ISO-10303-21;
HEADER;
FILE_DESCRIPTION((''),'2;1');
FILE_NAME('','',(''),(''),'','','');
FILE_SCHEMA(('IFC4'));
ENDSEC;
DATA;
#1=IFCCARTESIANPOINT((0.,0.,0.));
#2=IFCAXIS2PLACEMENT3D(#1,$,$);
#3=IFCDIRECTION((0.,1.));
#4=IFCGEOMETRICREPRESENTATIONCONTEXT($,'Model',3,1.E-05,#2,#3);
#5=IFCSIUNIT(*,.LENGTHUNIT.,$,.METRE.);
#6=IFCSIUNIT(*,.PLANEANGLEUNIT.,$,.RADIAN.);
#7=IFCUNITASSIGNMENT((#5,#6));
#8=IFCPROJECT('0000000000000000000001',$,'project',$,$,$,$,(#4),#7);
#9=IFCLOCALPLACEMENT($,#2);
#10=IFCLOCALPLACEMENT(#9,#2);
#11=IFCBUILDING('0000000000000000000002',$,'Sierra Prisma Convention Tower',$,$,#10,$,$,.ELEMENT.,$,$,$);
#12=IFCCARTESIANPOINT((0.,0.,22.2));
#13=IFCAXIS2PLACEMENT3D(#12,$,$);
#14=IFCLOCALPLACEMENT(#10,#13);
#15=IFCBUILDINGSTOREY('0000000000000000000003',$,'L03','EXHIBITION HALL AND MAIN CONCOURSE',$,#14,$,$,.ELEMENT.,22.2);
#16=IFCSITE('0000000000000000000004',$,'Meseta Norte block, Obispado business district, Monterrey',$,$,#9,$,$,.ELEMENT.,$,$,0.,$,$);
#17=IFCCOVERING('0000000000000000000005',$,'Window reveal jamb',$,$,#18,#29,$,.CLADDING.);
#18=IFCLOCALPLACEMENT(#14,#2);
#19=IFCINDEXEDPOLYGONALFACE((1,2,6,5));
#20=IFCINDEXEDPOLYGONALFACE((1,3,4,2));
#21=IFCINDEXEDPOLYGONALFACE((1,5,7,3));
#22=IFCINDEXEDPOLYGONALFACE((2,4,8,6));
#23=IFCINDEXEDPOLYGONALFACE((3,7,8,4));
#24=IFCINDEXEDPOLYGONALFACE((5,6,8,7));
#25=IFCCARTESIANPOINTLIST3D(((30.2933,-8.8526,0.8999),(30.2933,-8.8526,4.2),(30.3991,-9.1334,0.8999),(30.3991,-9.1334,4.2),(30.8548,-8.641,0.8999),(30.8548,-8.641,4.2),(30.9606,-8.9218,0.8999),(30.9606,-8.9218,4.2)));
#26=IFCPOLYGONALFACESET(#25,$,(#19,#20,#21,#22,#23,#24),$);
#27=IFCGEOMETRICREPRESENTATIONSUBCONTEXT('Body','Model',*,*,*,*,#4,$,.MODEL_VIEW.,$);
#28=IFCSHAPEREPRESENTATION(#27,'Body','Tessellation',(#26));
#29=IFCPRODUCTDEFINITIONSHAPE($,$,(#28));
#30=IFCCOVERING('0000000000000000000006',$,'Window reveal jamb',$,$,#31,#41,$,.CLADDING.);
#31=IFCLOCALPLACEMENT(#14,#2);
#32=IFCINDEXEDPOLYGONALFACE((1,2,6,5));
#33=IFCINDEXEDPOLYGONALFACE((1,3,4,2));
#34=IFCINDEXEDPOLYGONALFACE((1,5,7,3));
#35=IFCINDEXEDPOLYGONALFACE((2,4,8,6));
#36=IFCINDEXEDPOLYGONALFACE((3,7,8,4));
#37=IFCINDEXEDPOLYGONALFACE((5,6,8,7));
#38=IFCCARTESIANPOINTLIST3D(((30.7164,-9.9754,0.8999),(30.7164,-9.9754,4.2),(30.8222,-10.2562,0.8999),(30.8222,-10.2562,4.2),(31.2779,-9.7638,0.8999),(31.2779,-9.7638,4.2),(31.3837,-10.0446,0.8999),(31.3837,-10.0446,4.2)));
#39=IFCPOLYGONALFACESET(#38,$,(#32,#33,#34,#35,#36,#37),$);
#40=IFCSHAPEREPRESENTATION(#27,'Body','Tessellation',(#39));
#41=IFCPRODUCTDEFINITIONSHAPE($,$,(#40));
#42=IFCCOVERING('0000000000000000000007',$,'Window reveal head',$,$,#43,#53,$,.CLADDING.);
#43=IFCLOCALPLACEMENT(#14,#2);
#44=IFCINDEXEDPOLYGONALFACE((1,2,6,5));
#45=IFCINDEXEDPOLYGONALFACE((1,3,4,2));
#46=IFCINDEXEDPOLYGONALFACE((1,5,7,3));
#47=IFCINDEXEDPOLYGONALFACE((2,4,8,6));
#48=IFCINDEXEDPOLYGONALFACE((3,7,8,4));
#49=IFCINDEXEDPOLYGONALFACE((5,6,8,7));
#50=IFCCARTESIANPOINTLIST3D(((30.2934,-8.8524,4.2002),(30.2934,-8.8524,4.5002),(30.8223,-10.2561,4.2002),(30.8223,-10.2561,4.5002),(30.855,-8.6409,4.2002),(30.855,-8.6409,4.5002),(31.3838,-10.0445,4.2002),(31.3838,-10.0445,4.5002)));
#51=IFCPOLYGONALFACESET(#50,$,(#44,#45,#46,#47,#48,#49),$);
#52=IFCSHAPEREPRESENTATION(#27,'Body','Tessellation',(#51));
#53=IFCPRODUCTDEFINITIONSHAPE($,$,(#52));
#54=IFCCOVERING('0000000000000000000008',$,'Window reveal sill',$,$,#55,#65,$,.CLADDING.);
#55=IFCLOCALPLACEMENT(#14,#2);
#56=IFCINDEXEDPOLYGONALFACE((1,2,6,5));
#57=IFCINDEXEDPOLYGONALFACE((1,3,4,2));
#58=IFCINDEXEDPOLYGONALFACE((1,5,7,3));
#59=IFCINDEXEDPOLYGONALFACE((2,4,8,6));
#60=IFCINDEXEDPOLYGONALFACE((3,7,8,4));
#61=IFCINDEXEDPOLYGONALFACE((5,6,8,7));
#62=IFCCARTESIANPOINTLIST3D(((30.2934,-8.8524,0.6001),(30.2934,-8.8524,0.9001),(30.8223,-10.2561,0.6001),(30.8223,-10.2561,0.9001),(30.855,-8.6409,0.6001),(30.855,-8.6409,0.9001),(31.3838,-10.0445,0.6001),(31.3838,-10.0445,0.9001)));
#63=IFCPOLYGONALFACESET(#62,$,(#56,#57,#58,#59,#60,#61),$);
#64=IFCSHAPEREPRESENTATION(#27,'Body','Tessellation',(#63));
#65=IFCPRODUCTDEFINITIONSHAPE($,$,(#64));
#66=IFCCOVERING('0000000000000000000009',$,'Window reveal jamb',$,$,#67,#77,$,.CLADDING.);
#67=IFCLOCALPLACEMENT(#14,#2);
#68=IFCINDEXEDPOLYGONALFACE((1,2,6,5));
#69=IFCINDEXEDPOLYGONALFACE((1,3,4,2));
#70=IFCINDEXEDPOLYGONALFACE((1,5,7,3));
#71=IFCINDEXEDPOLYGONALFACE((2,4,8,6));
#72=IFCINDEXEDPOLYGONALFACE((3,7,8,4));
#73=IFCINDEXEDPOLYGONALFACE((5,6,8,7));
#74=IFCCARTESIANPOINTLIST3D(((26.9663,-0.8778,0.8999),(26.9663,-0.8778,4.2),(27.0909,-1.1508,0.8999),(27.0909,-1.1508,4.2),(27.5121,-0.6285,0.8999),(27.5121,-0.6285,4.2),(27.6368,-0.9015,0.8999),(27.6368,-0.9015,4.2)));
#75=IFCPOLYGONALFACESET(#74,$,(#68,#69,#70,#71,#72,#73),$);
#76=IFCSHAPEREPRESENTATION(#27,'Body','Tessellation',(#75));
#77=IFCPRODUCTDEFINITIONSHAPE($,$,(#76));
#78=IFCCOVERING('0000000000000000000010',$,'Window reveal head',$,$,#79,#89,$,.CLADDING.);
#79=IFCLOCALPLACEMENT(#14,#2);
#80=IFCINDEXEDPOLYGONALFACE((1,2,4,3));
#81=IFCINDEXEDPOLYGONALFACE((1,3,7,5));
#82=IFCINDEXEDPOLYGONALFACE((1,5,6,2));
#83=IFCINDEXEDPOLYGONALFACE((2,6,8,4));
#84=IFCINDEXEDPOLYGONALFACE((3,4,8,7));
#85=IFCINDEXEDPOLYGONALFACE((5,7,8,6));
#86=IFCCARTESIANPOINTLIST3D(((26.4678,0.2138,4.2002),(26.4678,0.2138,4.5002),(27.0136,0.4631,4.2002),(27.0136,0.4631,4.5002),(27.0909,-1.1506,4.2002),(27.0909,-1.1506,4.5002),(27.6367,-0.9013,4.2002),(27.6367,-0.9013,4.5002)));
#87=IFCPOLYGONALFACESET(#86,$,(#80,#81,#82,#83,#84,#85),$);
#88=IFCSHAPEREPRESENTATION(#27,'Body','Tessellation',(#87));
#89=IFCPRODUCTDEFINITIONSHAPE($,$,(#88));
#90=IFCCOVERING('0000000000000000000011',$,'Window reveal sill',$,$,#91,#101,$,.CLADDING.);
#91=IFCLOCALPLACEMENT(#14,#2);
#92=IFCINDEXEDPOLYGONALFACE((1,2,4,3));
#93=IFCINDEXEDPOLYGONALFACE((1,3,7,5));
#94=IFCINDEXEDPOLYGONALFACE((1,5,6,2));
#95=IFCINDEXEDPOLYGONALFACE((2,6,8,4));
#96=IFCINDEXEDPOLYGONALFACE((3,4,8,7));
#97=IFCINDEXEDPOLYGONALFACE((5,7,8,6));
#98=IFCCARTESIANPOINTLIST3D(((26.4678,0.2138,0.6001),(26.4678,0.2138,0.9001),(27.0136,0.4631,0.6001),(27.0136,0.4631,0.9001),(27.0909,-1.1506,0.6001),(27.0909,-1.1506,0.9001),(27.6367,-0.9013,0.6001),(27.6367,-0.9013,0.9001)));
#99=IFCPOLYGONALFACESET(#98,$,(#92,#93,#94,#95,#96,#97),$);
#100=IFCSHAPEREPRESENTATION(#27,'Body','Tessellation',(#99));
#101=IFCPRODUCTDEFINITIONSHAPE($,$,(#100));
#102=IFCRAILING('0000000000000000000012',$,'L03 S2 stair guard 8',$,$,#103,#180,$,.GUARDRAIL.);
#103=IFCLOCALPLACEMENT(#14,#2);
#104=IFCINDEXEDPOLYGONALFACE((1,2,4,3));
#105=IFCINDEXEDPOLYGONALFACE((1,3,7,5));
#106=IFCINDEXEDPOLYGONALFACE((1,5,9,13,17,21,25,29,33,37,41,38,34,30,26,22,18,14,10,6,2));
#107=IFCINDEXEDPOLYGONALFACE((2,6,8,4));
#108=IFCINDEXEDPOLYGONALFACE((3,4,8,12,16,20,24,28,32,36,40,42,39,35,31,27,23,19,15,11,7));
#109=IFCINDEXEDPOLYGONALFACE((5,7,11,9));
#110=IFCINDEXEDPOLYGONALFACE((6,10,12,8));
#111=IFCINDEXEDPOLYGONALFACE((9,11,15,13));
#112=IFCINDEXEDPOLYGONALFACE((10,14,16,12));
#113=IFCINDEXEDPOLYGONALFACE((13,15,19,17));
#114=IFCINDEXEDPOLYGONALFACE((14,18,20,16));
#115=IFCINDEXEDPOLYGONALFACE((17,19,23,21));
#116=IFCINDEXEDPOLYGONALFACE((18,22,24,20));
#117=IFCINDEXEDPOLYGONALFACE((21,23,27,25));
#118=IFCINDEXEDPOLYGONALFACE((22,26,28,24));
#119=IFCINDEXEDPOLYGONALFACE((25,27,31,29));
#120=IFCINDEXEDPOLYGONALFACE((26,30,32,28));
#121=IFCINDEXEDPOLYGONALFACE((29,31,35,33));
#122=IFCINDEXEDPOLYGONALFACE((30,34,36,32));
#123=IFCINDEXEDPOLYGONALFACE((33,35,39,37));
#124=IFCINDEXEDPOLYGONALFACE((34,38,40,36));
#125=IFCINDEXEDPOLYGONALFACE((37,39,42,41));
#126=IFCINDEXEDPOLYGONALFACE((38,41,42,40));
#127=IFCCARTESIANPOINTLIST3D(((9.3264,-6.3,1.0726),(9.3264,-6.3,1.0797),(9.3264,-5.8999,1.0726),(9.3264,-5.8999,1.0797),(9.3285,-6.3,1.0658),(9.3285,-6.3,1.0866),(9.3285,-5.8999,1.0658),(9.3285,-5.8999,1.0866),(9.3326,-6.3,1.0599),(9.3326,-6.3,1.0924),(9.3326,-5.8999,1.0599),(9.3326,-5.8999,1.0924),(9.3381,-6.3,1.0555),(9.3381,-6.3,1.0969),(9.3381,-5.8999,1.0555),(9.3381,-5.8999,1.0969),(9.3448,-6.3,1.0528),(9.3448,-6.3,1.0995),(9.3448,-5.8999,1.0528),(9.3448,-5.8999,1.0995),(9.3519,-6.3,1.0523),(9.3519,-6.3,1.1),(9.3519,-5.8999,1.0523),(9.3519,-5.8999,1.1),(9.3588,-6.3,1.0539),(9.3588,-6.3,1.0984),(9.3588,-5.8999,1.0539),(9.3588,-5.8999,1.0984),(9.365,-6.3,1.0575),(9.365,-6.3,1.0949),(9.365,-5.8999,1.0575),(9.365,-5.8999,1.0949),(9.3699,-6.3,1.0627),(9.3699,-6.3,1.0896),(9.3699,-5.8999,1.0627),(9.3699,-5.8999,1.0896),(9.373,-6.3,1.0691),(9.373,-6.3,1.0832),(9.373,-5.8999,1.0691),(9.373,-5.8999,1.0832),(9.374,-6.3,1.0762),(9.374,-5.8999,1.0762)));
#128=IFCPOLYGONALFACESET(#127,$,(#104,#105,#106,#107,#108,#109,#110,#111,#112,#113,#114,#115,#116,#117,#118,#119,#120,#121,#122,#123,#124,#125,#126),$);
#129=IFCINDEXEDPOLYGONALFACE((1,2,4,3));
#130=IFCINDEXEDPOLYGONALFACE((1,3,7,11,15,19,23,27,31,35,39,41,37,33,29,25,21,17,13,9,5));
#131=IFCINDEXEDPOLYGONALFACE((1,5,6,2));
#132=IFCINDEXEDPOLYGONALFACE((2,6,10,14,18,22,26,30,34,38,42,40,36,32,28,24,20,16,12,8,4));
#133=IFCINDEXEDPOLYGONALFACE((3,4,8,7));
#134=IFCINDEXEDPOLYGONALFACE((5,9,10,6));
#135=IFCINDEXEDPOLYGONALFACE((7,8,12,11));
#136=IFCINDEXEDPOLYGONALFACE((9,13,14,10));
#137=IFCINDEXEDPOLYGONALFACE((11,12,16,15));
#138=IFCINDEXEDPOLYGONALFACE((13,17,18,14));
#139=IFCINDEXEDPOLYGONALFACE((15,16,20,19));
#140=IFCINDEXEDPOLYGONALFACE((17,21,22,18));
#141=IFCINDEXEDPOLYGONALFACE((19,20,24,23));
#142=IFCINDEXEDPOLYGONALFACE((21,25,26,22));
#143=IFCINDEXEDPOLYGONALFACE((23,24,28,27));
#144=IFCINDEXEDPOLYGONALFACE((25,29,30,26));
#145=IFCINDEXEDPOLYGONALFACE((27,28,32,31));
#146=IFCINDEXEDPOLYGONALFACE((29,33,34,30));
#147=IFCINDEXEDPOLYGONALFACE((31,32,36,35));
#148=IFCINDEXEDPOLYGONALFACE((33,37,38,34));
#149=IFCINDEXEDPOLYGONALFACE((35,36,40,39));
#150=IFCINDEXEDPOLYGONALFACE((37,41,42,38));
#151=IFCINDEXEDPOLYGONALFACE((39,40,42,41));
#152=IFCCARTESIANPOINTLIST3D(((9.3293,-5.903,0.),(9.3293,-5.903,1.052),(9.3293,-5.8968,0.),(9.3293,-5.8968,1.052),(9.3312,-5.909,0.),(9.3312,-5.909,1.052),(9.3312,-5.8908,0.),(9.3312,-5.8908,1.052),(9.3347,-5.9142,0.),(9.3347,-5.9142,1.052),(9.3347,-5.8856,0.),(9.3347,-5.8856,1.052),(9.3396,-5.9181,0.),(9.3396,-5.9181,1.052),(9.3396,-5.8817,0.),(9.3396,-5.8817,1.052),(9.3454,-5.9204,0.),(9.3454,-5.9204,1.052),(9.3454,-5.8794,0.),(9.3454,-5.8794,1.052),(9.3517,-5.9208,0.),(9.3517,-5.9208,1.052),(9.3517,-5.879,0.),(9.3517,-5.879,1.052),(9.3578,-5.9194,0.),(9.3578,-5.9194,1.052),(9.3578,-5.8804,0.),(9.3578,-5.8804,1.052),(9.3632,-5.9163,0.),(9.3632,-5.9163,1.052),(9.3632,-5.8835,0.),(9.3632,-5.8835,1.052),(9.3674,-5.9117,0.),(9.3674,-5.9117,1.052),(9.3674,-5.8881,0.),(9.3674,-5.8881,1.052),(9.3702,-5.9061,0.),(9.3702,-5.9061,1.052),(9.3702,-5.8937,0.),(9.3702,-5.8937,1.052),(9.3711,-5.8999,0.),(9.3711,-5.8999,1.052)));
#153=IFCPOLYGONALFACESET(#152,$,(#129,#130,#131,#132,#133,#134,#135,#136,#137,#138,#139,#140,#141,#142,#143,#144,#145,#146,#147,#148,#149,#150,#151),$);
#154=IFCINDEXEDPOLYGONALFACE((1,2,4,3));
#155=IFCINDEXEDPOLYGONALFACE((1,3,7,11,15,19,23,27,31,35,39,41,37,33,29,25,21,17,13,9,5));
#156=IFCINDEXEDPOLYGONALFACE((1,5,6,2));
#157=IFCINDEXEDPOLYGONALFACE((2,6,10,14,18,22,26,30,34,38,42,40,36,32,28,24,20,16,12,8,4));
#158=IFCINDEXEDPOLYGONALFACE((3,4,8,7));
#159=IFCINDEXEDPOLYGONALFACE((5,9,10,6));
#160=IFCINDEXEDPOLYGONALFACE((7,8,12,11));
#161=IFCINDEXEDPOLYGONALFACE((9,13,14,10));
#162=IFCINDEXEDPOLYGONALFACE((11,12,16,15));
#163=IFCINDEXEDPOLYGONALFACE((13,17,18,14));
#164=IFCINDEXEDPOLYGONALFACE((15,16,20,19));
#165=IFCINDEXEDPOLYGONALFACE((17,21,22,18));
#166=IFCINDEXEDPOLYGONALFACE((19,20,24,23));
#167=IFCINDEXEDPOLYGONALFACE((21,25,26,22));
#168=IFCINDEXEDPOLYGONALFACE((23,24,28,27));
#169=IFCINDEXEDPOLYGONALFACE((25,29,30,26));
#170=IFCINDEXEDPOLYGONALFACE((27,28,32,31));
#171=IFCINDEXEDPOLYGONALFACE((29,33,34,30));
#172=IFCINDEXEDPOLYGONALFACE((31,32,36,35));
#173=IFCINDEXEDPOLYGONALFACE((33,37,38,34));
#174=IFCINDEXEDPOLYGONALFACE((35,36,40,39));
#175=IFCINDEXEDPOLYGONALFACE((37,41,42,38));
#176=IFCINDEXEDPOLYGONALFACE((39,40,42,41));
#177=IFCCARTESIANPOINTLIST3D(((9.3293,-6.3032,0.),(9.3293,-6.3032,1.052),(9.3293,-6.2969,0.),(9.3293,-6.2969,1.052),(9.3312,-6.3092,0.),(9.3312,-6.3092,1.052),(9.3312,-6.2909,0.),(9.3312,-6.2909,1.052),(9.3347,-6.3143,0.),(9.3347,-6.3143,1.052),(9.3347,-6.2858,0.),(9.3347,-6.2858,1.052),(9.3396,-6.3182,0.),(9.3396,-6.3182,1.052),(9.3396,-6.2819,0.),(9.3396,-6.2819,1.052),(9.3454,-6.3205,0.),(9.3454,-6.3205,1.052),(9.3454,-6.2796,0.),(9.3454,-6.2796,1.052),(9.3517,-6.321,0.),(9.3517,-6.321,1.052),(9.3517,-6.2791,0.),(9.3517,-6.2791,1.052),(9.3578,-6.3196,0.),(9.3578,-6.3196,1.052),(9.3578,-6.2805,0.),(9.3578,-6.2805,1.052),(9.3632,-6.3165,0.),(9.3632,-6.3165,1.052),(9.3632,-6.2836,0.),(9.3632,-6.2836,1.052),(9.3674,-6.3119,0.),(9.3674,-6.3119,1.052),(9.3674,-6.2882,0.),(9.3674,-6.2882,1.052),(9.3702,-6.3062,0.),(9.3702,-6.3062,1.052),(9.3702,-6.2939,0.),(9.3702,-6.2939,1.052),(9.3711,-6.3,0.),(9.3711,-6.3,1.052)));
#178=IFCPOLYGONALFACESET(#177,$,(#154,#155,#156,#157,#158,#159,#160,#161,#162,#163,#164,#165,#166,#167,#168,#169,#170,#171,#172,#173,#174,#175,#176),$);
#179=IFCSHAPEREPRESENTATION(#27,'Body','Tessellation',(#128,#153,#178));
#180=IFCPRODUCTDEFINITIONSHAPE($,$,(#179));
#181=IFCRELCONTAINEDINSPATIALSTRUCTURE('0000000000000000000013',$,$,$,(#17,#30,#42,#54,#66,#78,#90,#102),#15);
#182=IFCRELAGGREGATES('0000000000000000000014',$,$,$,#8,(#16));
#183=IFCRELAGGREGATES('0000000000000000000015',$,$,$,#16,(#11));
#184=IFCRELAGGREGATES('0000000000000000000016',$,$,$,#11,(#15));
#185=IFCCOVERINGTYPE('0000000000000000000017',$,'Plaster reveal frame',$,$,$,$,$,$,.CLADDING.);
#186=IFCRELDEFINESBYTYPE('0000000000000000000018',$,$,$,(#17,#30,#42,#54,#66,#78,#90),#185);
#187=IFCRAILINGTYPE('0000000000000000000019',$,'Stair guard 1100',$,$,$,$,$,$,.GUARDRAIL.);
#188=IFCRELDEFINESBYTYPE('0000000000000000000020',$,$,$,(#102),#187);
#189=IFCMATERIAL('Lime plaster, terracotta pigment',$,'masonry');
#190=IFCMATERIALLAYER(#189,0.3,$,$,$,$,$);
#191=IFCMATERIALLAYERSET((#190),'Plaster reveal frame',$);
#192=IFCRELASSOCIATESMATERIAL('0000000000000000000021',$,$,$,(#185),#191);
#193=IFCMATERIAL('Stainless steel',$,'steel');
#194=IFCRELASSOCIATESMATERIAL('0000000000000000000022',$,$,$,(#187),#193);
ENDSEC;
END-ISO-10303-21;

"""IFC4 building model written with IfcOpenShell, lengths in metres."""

from ifc_helpers import new_model, si_unit, direction, frame, origin, origin_2d, place, context, subcontext, project, spatial, rectangle, circle, extrude, material, layer, layer_set, type_object, element, save


model = new_model("IFC4")

# Units and contexts
model_context = context("Model", 3, precision=1e-05, world=origin(), true_north=direction((0.0, 1.0)))
body_context = subcontext(model_context, "Body", "Model", "MODEL_VIEW")
ifc_project = project(units=[si_unit("LENGTHUNIT", "METRE"), si_unit("PLANEANGLEUNIT", "RADIAN")], contexts=[model_context])

# Site, building, storey
site_placement = place(None, origin())
site = spatial("IfcSite", under=ifc_project, at=site_placement, Name="Meseta Norte block, Obispado business district, Monterrey", CompositionType="ELEMENT", RefElevation=0.0)
building_placement = place(site_placement, origin())
building = spatial("IfcBuilding", under=site, at=building_placement, Name="Sierra Prisma Convention Tower", CompositionType="ELEMENT")
storey_placement = place(building_placement, frame((0.0, 0.0, 22.2)))
storey = spatial("IfcBuildingStorey", under=building, at=storey_placement, Name="L03", Description="EXHIBITION HALL AND MAIN CONCOURSE", CompositionType="ELEMENT", Elevation=22.2)

# Coverings
ifc_material_1 = material(Name="Lime plaster, terracotta pigment", Category="masonry")
ifc_layer_1 = layer(ifc_material_1, 0.3)
ifc_layer_set_1 = layer_set([ifc_layer_1], Name="Plaster reveal frame")
covering_type = type_object("IfcCoveringType", Name="Plaster reveal frame", PredefinedType="CLADDING", material=ifc_layer_set_1)
for number, where, z_axis, x_axis, name in (
    (1, (30.627, -8.8872, 0.8999), (0.0, 0.0, 1.0), (0.352587, -0.935779, 0.0), "Window reveal jamb"),
    (2, (31.05, -10.01, 0.8999), (0.0, 0.0, 1.0), (0.352587, -0.935779, 0.0), "Window reveal jamb"),
):
    element("IfcCovering", number, at=place(storey_placement, frame(where, z_axis=z_axis, x_axis=x_axis)), inside=storey, type_object=covering_type, Name=name, PredefinedType="CLADDING", context=body_context, shape_type="SweptSolid", body=[
        extrude(rectangle(XDim=0.3, YDim=0.6001, at=origin_2d()), origin(), (0.0, 0.0, 1.0), 3.3),
    ])
for number, where, z_axis, x_axis, name in (
    (3, (30.8386, -9.4485, 4.2002), (0.0, 0.0, 1.0), (0.352587, -0.935779, 0.0), "Window reveal head"),
    (4, (30.8386, -9.4485, 0.6001), (0.0, 0.0, 1.0), (0.352587, -0.935779, 0.0), "Window reveal sill"),
):
    element("IfcCovering", number, at=place(storey_placement, frame(where, z_axis=z_axis, x_axis=x_axis)), inside=storey, type_object=covering_type, Name=name, PredefinedType="CLADDING", context=body_context, shape_type="SweptSolid", body=[
        extrude(rectangle(XDim=1.5, YDim=0.6001, at=origin_2d()), origin(), (0.0, 0.0, 1.0), 0.3),
    ])
covering_placement = place(storey_placement, frame((27.3015, -0.8896, 0.8999), z_axis=(0.0, 0.0, 1.0), x_axis=(0.415398, -0.90964, 0.0)))
element("IfcCovering", 5, at=covering_placement, inside=storey, type_object=covering_type, Name="Window reveal jamb", PredefinedType="CLADDING", context=body_context, shape_type="SweptSolid", body=[
    extrude(rectangle(XDim=0.3, YDim=0.6001, at=origin_2d()), origin(), (0.0, 0.0, 1.0), 3.3),
])
for number, where, z_axis, x_axis, name in (
    (6, (27.0522, -0.3438, 4.2002), (0.0, 0.0, 1.0), (0.415398, -0.90964, 0.0), "Window reveal head"),
    (7, (27.0522, -0.3438, 0.6001), (0.0, 0.0, 1.0), (0.415398, -0.90964, 0.0), "Window reveal sill"),
):
    element("IfcCovering", number, at=place(storey_placement, frame(where, z_axis=z_axis, x_axis=x_axis)), inside=storey, type_object=covering_type, Name=name, PredefinedType="CLADDING", context=body_context, shape_type="SweptSolid", body=[
        extrude(rectangle(XDim=1.5, YDim=0.6001, at=origin_2d()), origin(), (0.0, 0.0, 1.0), 0.3),
    ])

# Railing
ifc_material_2 = material(Name="Stainless steel", Category="steel")
railing_type = type_object("IfcRailingType", Name="Stair guard 1100", PredefinedType="GUARDRAIL", material=ifc_material_2)
railing_placement = place(storey_placement, frame((9.3501, -5.8999, 0.0)))
element("IfcRailing", 8, at=railing_placement, inside=storey, type_object=railing_type, Name="L03 S2 stair guard 8", PredefinedType="GUARDRAIL", context=body_context, shape_type="SweptSolid", body=[
    extrude(circle(Radius=0.0239, at=origin_2d()), frame((0.0, 0.0, 1.0762), z_axis=(0.0, -1.0, 0.0), x_axis=(1.0, 0.0, 0.0)), (0.0, 0.0, 1.0), 0.4001),
    extrude(circle(Radius=0.021, at=origin_2d()), origin(), (0.0, 0.0, 1.0), 1.052),
    extrude(circle(Radius=0.021, at=origin_2d()), frame((0.0, -0.4001, 0.0)), (0.0, 0.0, 1.0), 1.052),
])

save(model, "model.ifc")
